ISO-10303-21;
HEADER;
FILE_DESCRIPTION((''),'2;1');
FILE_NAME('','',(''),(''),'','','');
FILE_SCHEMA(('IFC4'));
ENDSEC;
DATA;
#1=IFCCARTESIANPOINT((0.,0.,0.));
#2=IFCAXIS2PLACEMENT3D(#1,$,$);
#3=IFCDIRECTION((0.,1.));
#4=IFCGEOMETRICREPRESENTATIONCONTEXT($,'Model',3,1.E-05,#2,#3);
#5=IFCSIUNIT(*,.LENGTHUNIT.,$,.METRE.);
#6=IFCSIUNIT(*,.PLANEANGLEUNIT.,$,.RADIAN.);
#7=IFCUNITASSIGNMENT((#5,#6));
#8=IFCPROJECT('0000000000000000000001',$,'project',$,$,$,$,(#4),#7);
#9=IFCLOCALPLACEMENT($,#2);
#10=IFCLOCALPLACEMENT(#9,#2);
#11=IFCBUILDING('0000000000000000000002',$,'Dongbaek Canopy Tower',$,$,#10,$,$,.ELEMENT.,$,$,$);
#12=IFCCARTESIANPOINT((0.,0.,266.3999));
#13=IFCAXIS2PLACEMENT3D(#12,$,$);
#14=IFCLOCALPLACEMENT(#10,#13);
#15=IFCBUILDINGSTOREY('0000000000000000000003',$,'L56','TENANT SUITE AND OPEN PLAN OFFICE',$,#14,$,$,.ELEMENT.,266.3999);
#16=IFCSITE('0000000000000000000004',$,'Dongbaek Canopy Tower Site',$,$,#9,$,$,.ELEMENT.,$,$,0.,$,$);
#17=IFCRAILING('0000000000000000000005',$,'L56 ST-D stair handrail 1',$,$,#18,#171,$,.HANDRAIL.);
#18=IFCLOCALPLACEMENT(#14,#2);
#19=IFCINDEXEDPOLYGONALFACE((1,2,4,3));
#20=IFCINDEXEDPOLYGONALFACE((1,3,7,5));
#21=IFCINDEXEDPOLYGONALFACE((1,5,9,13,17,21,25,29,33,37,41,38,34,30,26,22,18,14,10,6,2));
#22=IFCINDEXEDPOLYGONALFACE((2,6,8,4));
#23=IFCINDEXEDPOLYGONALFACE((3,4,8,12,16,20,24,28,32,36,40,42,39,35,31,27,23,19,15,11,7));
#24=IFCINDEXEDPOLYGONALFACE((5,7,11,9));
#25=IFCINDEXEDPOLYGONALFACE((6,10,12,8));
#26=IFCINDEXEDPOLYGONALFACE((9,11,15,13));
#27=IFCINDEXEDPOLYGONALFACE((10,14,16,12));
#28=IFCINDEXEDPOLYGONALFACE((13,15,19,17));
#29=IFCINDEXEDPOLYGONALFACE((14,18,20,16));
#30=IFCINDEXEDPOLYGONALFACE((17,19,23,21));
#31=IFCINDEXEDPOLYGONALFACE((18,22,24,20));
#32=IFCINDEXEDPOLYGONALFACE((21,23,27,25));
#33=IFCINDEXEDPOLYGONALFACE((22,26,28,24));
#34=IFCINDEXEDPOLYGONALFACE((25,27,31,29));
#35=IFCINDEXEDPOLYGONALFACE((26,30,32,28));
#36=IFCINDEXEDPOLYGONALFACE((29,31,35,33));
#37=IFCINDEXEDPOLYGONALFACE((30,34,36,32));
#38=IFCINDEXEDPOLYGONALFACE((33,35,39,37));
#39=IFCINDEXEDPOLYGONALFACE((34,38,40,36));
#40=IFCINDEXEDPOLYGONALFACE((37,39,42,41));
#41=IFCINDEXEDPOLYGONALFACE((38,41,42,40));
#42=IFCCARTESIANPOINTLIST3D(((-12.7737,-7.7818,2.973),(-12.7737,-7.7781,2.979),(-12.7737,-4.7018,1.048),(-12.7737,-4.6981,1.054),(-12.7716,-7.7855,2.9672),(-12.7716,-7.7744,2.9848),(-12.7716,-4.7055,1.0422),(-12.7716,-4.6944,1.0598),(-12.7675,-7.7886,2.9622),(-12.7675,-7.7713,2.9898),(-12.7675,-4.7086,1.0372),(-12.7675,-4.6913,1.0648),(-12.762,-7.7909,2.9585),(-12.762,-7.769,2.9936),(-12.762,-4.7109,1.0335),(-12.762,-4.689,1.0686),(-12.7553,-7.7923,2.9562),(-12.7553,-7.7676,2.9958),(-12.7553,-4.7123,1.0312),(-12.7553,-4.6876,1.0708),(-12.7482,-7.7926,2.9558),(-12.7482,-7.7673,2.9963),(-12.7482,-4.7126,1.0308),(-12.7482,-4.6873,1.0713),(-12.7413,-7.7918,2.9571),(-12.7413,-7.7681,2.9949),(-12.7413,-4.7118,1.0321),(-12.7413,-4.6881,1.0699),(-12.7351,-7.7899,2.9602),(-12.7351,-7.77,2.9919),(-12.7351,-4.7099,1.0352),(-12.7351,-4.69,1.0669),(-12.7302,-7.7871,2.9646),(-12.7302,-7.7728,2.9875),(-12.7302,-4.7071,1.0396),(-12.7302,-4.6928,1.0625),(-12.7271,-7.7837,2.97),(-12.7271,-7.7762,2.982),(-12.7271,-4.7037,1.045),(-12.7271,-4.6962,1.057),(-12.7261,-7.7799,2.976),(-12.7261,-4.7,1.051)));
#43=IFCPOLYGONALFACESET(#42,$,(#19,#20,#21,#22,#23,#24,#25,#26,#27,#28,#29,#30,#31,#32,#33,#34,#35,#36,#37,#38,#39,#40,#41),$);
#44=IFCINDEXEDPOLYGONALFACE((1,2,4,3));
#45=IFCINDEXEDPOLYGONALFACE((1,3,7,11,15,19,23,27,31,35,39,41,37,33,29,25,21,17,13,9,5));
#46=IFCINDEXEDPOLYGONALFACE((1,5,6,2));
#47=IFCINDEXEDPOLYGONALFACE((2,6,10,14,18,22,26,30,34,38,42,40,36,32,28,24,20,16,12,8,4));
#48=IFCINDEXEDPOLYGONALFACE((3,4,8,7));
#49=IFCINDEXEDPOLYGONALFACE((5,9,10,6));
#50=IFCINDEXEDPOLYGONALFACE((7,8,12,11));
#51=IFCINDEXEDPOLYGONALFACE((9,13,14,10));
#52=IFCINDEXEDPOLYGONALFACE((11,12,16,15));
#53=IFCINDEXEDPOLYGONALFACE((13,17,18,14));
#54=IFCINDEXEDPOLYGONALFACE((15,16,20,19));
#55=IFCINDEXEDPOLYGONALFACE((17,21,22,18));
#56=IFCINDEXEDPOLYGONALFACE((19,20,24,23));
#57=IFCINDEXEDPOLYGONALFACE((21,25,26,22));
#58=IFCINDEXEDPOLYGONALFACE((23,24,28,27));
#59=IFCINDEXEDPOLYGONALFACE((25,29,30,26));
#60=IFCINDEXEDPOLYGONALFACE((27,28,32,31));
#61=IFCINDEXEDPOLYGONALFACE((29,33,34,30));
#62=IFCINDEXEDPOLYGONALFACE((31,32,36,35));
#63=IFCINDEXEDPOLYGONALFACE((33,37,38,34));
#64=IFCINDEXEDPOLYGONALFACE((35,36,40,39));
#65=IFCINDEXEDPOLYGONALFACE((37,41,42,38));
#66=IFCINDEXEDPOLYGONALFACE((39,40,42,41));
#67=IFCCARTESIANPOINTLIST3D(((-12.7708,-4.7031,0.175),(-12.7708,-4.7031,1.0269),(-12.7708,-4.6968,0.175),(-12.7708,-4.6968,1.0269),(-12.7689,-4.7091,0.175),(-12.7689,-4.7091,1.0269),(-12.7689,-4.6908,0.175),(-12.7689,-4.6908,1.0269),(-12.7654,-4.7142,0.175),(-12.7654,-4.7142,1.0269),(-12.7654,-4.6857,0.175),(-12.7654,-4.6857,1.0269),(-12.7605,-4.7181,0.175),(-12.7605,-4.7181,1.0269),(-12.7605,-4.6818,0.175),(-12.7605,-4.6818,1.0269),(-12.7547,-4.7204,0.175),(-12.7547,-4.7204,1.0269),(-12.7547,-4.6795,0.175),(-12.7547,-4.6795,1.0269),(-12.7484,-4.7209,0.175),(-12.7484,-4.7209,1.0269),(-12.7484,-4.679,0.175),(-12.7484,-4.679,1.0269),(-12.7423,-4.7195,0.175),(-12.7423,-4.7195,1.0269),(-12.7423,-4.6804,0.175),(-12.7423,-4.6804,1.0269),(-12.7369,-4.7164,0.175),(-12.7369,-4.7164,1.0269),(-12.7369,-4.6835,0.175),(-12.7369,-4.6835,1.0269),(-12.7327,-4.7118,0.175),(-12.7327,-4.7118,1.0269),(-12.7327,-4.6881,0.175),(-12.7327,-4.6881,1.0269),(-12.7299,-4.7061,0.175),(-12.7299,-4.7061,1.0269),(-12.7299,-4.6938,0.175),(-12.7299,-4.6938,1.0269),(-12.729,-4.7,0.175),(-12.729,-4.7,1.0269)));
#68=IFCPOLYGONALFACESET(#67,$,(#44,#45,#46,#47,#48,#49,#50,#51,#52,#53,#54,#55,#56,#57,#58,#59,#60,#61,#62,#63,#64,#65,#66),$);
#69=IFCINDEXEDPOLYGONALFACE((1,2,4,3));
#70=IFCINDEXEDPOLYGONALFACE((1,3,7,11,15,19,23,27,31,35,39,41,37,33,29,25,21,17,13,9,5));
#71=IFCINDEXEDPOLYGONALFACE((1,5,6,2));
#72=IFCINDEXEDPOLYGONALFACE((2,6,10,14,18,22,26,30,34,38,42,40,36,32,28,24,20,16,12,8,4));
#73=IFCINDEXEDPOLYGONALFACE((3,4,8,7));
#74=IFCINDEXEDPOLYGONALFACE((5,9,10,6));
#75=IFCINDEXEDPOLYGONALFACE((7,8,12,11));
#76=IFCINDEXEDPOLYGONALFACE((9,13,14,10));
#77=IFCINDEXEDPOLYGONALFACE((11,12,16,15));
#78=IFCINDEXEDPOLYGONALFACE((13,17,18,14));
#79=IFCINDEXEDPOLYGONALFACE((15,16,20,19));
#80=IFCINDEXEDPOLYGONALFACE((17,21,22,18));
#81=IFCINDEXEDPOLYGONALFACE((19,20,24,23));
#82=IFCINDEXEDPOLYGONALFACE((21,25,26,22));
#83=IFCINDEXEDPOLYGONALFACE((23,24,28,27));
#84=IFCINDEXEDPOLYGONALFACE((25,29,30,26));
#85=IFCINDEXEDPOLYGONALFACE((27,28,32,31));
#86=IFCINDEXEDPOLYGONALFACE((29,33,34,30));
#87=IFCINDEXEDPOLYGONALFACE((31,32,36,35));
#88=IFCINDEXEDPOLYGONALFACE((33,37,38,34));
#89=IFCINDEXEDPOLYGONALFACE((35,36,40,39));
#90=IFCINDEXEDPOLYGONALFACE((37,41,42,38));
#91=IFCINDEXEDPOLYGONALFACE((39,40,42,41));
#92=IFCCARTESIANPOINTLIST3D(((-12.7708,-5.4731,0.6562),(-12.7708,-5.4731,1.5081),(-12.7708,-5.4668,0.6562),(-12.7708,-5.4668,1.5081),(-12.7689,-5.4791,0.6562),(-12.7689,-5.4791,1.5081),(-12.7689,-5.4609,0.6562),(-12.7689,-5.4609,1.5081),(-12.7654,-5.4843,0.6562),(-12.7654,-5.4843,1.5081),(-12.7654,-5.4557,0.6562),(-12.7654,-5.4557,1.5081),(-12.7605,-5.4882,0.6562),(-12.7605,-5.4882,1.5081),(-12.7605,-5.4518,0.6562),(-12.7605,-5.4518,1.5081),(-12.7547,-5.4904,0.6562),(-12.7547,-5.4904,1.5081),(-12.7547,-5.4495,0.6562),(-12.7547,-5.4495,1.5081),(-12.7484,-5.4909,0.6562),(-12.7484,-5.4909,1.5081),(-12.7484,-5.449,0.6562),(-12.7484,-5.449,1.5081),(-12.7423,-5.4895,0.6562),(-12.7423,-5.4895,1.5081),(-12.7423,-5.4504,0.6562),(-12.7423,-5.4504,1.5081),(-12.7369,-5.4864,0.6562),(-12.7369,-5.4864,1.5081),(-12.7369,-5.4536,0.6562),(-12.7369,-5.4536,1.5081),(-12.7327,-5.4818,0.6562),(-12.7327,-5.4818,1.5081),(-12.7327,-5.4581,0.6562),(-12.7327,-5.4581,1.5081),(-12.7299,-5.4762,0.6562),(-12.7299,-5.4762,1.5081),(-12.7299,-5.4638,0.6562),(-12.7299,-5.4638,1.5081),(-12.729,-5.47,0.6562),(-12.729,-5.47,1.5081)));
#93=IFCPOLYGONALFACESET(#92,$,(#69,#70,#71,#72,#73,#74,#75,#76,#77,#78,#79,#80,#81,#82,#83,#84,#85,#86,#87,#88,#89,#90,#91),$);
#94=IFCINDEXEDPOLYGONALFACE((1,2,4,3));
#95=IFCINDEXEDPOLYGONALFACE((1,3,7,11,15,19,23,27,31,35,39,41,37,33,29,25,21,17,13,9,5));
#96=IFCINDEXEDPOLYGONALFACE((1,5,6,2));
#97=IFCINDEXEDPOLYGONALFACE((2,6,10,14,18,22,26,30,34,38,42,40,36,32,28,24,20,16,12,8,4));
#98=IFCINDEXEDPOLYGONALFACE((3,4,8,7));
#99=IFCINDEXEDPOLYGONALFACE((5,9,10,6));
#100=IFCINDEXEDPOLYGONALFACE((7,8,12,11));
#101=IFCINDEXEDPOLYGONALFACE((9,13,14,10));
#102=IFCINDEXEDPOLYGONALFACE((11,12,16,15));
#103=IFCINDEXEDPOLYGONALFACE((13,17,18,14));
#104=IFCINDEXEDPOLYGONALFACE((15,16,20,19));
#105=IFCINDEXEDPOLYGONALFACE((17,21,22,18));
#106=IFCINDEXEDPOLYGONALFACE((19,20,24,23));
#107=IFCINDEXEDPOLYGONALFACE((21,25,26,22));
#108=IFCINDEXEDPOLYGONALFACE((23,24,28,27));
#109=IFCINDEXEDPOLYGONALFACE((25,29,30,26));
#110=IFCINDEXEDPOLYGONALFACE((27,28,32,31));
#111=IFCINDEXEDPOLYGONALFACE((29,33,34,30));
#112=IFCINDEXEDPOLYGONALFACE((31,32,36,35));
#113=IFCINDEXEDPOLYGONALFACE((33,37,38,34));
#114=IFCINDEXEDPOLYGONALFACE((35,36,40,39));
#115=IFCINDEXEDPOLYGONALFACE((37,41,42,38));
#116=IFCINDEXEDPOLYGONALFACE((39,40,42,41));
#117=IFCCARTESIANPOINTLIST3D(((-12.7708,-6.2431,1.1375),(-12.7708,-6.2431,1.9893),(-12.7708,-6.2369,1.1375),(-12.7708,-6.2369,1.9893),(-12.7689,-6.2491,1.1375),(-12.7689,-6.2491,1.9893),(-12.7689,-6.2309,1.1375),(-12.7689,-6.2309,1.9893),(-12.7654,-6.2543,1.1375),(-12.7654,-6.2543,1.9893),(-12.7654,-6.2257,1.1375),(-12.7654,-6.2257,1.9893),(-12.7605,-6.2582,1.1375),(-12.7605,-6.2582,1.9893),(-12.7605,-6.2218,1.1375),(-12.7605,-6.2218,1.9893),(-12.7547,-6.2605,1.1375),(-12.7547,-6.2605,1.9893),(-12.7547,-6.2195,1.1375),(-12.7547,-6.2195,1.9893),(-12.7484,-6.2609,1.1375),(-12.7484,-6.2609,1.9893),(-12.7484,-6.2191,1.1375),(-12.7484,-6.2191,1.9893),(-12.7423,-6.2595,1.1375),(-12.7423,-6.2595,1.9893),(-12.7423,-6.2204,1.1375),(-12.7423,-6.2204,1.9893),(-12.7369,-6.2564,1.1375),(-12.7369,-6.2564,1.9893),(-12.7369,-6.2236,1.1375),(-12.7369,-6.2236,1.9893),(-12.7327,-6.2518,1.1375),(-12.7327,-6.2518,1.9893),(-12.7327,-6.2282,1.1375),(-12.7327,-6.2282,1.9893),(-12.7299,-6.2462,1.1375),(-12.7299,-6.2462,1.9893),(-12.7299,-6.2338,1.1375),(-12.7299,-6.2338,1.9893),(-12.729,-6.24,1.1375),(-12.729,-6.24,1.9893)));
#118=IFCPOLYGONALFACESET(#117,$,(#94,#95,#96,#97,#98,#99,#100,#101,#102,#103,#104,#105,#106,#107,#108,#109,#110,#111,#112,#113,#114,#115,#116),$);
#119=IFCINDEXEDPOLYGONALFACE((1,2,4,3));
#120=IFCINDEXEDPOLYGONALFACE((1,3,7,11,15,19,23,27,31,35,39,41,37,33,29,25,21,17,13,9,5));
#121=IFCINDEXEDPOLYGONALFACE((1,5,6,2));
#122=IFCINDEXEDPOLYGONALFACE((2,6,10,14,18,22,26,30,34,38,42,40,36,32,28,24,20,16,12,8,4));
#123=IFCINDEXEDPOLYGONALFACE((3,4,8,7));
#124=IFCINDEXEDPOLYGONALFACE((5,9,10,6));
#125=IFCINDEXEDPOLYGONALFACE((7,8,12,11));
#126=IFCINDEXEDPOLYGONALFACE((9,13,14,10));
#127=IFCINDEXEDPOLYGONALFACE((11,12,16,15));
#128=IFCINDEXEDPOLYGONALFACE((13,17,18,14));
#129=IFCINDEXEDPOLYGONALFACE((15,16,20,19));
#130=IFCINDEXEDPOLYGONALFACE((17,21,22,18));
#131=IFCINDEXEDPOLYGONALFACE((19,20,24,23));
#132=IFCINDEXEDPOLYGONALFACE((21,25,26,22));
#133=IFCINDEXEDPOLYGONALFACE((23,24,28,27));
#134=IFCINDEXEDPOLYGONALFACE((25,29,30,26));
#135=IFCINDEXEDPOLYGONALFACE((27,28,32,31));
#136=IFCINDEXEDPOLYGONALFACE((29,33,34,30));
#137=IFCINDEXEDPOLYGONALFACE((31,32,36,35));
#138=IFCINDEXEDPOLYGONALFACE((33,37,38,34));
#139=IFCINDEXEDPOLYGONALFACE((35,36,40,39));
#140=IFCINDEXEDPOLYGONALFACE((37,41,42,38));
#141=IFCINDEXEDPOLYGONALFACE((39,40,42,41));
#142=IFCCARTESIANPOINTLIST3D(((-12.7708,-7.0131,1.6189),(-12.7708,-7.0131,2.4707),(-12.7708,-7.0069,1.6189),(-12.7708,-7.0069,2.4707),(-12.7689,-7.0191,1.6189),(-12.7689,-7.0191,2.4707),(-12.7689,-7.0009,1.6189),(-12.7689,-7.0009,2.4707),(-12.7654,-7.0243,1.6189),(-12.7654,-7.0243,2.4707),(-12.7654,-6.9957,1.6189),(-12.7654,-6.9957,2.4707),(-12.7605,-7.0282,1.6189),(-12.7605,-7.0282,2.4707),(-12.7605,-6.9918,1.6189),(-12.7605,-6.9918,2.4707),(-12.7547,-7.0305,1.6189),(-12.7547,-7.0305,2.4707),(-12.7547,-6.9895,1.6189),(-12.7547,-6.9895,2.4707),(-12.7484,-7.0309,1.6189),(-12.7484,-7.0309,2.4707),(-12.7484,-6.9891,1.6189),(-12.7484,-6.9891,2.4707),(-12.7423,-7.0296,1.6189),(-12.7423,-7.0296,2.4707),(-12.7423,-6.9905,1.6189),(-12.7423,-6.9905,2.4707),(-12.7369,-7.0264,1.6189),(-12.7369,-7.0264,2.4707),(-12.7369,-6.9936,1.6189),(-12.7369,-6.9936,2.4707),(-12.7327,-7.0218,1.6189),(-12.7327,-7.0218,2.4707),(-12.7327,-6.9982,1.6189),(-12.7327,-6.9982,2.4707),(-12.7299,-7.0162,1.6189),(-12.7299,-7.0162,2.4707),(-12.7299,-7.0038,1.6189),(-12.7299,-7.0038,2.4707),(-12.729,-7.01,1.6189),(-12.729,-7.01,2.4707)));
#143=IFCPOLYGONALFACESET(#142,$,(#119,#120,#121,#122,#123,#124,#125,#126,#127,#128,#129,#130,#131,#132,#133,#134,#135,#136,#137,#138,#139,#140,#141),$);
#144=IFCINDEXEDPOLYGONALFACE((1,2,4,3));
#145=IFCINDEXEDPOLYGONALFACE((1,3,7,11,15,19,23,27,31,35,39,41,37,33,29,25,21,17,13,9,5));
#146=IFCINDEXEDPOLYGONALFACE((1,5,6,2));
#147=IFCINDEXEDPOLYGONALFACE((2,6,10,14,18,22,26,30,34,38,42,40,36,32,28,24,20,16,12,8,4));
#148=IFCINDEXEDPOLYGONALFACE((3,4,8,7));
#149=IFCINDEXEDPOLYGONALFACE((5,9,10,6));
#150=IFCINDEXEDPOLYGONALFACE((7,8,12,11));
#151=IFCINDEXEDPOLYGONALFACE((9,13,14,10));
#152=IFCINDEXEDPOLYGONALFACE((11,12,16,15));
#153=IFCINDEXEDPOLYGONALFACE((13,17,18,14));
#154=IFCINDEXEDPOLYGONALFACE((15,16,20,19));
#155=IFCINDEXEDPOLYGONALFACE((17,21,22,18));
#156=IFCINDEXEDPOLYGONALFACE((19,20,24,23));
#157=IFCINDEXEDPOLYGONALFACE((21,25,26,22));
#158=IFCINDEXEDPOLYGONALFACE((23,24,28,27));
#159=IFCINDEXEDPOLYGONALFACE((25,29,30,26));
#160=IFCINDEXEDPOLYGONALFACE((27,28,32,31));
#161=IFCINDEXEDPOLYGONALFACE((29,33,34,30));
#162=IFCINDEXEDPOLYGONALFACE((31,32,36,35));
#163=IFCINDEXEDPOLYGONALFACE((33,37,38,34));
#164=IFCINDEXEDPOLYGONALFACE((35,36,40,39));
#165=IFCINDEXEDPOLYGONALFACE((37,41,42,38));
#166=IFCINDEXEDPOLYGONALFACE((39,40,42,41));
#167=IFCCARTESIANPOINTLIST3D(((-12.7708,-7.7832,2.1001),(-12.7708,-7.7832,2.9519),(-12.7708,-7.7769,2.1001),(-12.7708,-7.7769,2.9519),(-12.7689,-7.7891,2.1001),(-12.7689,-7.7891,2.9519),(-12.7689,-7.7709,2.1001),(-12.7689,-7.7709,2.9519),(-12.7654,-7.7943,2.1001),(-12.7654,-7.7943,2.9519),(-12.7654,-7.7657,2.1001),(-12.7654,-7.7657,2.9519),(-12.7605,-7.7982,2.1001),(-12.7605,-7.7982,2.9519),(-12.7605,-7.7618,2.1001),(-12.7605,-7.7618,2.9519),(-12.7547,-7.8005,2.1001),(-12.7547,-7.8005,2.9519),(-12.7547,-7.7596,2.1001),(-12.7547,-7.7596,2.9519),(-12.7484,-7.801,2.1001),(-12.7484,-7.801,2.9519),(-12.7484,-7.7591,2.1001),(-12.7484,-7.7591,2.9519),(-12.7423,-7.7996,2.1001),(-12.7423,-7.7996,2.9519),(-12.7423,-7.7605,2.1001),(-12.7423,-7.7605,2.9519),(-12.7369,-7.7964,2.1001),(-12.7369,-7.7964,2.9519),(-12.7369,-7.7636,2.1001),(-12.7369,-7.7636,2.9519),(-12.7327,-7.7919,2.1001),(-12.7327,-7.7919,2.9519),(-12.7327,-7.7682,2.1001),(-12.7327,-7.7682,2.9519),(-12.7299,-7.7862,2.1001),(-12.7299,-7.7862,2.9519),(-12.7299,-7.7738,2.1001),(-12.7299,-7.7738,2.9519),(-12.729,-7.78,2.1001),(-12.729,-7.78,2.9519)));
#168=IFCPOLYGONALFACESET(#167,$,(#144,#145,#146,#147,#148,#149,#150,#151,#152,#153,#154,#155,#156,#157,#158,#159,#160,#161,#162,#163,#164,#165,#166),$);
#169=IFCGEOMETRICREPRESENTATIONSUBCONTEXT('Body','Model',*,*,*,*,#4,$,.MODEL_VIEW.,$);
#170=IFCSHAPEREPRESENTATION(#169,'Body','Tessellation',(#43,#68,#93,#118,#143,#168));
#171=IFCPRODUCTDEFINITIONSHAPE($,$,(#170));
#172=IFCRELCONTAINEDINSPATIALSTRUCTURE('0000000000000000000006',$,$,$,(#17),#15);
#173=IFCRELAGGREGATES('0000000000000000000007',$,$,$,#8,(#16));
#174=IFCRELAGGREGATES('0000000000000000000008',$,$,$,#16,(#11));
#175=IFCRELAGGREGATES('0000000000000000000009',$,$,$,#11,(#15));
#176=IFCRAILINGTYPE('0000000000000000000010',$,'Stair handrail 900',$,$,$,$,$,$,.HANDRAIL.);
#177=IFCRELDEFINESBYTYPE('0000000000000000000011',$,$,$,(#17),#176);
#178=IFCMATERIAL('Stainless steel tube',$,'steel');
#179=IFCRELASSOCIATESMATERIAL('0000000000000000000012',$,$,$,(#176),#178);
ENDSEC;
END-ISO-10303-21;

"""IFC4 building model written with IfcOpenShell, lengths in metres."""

from ifc_helpers import new_model, si_unit, direction, frame, origin, origin_2d, place, context, subcontext, project, spatial, circle, extrude, material, type_object, element, save


model = new_model("IFC4")

# Units and contexts
model_context = context("Model", 3, precision=1e-05, world=origin(), true_north=direction((0.0, 1.0)))
body_context = subcontext(model_context, "Body", "Model", "MODEL_VIEW")
ifc_project = project(units=[si_unit("LENGTHUNIT", "METRE"), si_unit("PLANEANGLEUNIT", "RADIAN")], contexts=[model_context])

# Site, building, storey
site_placement = place(None, origin())
site = spatial("IfcSite", under=ifc_project, at=site_placement, Name="Dongbaek Canopy Tower Site", CompositionType="ELEMENT", RefElevation=0.0)
building_placement = place(site_placement, origin())
building = spatial("IfcBuilding", under=site, at=building_placement, Name="Dongbaek Canopy Tower", CompositionType="ELEMENT")
storey_placement = place(building_placement, frame((0.0, 0.0, 266.3999)))
storey = spatial("IfcBuildingStorey", under=building, at=storey_placement, Name="L56", Description="TENANT SUITE AND OPEN PLAN OFFICE", CompositionType="ELEMENT", Elevation=266.3999)

# Railing
ifc_material_1 = material(Name="Stainless steel tube", Category="steel")
railing_type_1 = type_object("IfcRailingType", Name="Stair handrail 900", PredefinedType="HANDRAIL", material=ifc_material_1)
railing_1_placement = place(storey_placement, frame((-12.75, -4.7, 0.175)))
element("IfcRailing", 1, at=railing_1_placement, inside=storey, type_object=railing_type_1, Name="L56 ST-D stair handrail 1", PredefinedType="HANDRAIL", context=body_context, shape_type="SweptSolid", body=[
    extrude(circle(Radius=0.0239, at=origin_2d()), frame((0.0, 0.0, 0.876), z_axis=(0.0, -0.847998, 0.529999), x_axis=(1.0, 0.0, 0.0)), (0.0, 0.0, 1.0), 3.6321),
    extrude(circle(Radius=0.021, at=origin_2d()), origin(), (0.0, 0.0, 1.0), 0.8518),
    extrude(circle(Radius=0.021, at=origin_2d()), frame((0.0, -0.77, 0.4812)), (0.0, 0.0, 1.0), 0.8518),
    extrude(circle(Radius=0.021, at=origin_2d()), frame((0.0, -1.54, 0.9624)), (0.0, 0.0, 1.0), 0.8518),
    extrude(circle(Radius=0.021, at=origin_2d()), frame((0.0, -2.3101, 1.4438)), (0.0, 0.0, 1.0), 0.8518),
    extrude(circle(Radius=0.021, at=origin_2d()), frame((0.0, -3.0801, 1.925)), (0.0, 0.0, 1.0), 0.8518),
])

save(model, "model.ifc")
